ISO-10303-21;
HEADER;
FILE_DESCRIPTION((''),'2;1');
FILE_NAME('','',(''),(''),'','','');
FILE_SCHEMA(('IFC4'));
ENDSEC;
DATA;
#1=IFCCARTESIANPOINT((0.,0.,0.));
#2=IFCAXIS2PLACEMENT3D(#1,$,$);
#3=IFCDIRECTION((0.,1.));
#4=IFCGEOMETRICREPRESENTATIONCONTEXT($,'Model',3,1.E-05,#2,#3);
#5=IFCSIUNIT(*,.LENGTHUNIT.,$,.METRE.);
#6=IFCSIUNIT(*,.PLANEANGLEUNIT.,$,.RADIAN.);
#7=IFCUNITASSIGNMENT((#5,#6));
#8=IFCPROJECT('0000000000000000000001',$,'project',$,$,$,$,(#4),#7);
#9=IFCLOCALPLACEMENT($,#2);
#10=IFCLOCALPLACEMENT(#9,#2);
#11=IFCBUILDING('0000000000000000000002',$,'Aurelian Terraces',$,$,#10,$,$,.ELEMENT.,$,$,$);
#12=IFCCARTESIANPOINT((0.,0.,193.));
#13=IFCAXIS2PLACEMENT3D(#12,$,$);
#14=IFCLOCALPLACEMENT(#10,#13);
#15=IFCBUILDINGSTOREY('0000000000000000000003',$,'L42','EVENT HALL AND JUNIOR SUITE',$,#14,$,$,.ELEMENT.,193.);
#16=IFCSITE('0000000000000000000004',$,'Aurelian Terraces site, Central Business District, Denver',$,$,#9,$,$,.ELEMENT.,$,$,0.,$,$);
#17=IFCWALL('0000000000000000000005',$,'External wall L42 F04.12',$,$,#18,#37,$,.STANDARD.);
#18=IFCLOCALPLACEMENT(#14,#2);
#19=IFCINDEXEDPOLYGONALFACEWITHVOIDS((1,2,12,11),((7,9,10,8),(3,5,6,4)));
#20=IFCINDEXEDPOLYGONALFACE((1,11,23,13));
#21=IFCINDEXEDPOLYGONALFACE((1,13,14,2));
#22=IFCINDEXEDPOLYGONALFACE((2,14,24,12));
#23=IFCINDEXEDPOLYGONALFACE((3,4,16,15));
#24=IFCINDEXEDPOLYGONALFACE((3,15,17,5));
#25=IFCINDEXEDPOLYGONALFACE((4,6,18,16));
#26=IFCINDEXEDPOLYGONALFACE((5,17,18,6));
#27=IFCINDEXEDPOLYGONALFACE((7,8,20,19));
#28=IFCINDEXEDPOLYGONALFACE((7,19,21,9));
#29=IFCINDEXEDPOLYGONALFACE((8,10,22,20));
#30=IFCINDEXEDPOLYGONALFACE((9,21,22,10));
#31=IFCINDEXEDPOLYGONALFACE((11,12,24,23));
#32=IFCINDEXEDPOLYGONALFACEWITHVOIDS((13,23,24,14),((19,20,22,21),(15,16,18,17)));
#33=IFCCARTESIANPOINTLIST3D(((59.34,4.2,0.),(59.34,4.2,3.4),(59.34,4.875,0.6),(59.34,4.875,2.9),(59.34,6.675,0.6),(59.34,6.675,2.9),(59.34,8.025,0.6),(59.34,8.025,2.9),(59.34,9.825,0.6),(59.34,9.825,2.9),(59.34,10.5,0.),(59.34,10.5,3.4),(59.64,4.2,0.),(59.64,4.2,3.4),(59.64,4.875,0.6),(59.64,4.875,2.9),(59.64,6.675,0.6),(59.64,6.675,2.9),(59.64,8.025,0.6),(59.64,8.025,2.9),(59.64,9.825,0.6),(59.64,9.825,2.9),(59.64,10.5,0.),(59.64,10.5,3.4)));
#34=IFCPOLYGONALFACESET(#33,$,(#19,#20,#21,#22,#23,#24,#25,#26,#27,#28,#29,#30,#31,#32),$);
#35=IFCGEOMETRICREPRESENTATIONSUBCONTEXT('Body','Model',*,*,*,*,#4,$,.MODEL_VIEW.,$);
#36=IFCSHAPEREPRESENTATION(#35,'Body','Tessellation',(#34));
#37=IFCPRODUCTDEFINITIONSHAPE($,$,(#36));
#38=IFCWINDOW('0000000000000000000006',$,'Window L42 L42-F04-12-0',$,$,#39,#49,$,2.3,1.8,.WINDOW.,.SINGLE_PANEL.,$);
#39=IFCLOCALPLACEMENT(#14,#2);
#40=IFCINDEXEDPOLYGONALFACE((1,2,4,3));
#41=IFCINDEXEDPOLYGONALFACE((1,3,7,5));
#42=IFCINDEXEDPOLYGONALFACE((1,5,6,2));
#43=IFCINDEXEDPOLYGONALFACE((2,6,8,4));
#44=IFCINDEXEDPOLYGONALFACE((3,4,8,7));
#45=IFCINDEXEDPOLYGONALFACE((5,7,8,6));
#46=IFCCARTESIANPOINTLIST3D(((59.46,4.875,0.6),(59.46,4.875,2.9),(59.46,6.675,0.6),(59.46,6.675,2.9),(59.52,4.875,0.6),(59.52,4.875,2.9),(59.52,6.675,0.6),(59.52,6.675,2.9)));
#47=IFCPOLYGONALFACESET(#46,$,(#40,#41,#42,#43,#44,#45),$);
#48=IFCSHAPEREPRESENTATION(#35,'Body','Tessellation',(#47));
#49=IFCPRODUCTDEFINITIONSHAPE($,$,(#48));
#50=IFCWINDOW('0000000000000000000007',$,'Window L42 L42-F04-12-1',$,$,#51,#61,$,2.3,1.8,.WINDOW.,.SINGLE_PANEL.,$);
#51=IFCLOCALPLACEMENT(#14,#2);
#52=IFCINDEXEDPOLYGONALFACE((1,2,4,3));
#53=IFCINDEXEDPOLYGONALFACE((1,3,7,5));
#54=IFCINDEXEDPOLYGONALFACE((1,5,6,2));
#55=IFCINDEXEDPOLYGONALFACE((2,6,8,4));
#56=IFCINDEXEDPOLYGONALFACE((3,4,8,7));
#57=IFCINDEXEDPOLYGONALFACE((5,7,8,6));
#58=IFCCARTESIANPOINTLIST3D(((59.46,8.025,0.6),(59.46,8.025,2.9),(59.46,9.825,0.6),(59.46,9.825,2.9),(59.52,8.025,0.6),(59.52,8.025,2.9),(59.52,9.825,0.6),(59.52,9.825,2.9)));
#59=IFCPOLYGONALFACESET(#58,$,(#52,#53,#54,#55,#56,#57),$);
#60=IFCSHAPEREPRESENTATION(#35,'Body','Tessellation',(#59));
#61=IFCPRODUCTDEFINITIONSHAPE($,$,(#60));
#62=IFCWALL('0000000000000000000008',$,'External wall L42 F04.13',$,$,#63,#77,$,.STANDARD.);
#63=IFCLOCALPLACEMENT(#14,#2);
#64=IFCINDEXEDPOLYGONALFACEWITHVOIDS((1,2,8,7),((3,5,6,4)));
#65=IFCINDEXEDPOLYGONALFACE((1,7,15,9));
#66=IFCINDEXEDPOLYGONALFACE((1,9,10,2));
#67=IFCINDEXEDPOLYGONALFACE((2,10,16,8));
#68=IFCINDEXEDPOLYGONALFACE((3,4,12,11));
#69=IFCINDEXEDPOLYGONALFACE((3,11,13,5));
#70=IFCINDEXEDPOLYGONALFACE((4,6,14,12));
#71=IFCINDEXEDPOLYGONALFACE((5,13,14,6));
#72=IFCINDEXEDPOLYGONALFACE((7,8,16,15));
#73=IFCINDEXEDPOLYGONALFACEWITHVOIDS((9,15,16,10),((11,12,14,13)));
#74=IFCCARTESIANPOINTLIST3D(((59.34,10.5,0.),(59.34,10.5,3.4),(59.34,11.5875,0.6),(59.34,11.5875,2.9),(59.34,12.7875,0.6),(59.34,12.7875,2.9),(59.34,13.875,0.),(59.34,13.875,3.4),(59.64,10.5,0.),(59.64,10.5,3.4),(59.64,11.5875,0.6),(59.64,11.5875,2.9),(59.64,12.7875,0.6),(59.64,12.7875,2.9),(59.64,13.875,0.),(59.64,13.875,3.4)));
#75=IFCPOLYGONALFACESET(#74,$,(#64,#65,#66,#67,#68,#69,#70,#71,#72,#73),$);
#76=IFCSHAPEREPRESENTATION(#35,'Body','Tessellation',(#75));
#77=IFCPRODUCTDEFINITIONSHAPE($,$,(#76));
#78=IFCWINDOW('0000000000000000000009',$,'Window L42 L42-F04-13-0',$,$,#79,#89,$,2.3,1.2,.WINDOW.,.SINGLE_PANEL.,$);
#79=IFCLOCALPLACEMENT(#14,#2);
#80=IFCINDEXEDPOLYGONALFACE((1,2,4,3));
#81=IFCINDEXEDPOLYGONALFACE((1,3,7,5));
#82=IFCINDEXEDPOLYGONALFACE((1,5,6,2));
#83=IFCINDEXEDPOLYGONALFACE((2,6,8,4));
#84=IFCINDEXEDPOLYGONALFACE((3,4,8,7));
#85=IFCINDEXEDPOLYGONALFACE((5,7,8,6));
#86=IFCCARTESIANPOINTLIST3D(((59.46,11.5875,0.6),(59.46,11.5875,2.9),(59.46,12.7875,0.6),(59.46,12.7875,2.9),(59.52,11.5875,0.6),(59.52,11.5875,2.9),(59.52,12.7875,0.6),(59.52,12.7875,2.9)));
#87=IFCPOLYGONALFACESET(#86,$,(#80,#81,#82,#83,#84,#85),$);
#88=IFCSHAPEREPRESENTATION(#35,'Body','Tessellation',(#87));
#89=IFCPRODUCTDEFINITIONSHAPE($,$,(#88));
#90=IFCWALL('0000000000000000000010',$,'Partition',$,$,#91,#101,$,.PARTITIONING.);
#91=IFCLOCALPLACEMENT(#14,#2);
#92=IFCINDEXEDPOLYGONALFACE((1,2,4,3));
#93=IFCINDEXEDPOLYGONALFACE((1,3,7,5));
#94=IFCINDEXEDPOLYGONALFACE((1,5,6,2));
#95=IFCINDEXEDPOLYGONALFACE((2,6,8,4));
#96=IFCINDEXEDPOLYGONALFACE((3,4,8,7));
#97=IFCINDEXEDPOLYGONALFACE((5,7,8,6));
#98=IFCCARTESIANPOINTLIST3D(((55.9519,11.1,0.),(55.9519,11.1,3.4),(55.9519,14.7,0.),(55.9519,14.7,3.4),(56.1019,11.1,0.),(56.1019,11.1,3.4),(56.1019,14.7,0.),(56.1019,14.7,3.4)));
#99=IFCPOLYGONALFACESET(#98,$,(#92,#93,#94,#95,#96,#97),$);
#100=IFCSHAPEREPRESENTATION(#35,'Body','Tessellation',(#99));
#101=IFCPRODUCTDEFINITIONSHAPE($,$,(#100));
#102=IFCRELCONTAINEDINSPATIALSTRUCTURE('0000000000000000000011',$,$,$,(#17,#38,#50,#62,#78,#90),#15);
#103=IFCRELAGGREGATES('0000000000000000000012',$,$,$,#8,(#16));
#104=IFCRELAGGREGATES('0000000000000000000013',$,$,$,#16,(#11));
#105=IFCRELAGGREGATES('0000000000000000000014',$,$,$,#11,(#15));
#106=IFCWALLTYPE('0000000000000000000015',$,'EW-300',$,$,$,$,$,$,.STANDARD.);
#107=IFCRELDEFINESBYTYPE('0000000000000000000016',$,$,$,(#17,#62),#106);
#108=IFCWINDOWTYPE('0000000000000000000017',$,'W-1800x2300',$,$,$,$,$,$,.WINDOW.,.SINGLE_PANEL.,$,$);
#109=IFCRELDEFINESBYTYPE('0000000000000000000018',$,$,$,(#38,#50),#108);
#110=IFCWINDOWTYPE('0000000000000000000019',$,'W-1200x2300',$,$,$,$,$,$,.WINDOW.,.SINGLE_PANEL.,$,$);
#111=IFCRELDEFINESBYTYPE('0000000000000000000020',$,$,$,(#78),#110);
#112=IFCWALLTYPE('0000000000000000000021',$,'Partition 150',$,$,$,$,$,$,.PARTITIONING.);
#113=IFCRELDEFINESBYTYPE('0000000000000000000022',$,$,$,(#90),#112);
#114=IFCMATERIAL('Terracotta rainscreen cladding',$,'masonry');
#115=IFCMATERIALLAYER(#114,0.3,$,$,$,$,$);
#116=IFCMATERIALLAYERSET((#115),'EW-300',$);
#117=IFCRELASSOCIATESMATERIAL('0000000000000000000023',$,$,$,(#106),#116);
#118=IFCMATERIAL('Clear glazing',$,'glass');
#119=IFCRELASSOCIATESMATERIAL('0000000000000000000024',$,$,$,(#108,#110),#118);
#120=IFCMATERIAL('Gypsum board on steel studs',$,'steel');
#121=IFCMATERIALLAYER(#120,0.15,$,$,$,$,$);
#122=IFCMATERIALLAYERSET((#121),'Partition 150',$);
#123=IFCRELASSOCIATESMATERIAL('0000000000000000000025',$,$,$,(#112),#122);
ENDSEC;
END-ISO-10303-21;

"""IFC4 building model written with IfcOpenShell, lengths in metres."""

from ifc_helpers import new_model, si_unit, direction, frame, frame_2d, origin, place, context, subcontext, project, spatial, rectangle, extrude, source, transform, mapped, material, layer, layer_set, type_object, element, fill, save


model = new_model("IFC4")

# Units and contexts
model_context = context("Model", 3, precision=1e-05, world=origin(), true_north=direction((0.0, 1.0)))
body_context = subcontext(model_context, "Body", "Model", "MODEL_VIEW")
ifc_project = project(units=[si_unit("LENGTHUNIT", "METRE"), si_unit("PLANEANGLEUNIT", "RADIAN")], contexts=[model_context])

# Site, building, storey
site_placement = place(None, origin())
site = spatial("IfcSite", under=ifc_project, at=site_placement, Name="Aurelian Terraces site, Central Business District, Denver", CompositionType="ELEMENT", RefElevation=0.0)
building_placement = place(site_placement, origin())
building = spatial("IfcBuilding", under=site, at=building_placement, Name="Aurelian Terraces", CompositionType="ELEMENT")
storey_placement = place(building_placement, frame((0.0, 0.0, 193.0)))
storey = spatial("IfcBuildingStorey", under=building, at=storey_placement, Name="L42", Description="EVENT HALL AND JUNIOR SUITE", CompositionType="ELEMENT", Elevation=193.0)

# Shared definitions
ifc_material_1 = material(Name="Terracotta rainscreen cladding", Category="masonry")
ifc_layer_1 = layer(ifc_material_1, 0.3)
ifc_layer_set_1 = layer_set([ifc_layer_1], Name="EW-300")
wall_type_1 = type_object("IfcWallType", Name="EW-300", PredefinedType="STANDARD", material=ifc_layer_set_1)
shared_shape_1 = source(origin(), body_context, "Body", "SweptSolid", [
    extrude(rectangle(XDim=1.8, YDim=2.3, at=frame_2d((0.9, 1.15))), frame((0.0, 0.16, 0.0), z_axis=(0.0, -1.0, 0.0), x_axis=(1.0, 0.0, 0.0)), (0.0, 0.0, 1.0), 0.32),
])
ifc_material_2 = material(Name="Clear glazing", Category="glass")
window_type_1 = type_object("IfcWindowType", Name="W-1800x2300", PartitioningType="SINGLE_PANEL", PredefinedType="WINDOW", material=ifc_material_2)
shared_shape_2 = source(origin(), body_context, "Body", "SweptSolid", [
    extrude(rectangle(XDim=1.8, YDim=2.3, at=frame_2d((0.9, 1.15))), frame((0.0, 0.03, 0.0), z_axis=(0.0, -1.0, 0.0), x_axis=(1.0, 0.0, 0.0)), (0.0, 0.0, 1.0), 0.06),
])
shared_shape_3 = source(origin(), body_context, "Body", "SweptSolid", [
    extrude(rectangle(XDim=1.2, YDim=2.3, at=frame_2d((0.6, 1.15))), frame((0.0, 0.16, 0.0), z_axis=(0.0, -1.0, 0.0), x_axis=(1.0, 0.0, 0.0)), (0.0, 0.0, 1.0), 0.32),
])
window_type_2 = type_object("IfcWindowType", Name="W-1200x2300", PartitioningType="SINGLE_PANEL", PredefinedType="WINDOW", material=ifc_material_2)
shared_shape_4 = source(origin(), body_context, "Body", "SweptSolid", [
    extrude(rectangle(XDim=1.2, YDim=2.3, at=frame_2d((0.6, 1.15))), frame((0.0, 0.03, 0.0), z_axis=(0.0, -1.0, 0.0), x_axis=(1.0, 0.0, 0.0)), (0.0, 0.0, 1.0), 0.06),
])

# Wall, openings, windows
shared_shape_5 = source(origin(), body_context, "Body", "SweptSolid", [
    extrude(rectangle(XDim=6.3, YDim=0.3, at=frame_2d((3.15, 0.0))), origin(), (0.0, 0.0, 1.0), 3.4),
])
wall_1_placement = place(storey_placement, frame((59.49, 4.2, 0.0), z_axis=(0.0, 0.0, 1.0), x_axis=(0.0, 1.0, 0.0)))
wall_1 = element("IfcWall", 1, at=wall_1_placement, inside=storey, type_object=wall_type_1, Name="External wall L42 F04.12", PredefinedType="STANDARD", context=body_context, shape_type="MappedRepresentation", body=[
    mapped(shared_shape_5, transform((0.0, 0.0, 0.0), scale=1.0)),
])
opening_1_placement = place(wall_1_placement, frame((0.675, 0.0, 0.6)))
opening_1 = element("IfcOpeningElement", 2, at=opening_1_placement, cuts=wall_1, PredefinedType="OPENING", context=body_context, shape_type="MappedRepresentation", body=[
    mapped(shared_shape_1, transform((0.0, 0.0, 0.0), scale=1.0)),
])
opening_2_placement = place(wall_1_placement, frame((3.825, 0.0, 0.6)))
opening_2 = element("IfcOpeningElement", 3, at=opening_2_placement, cuts=wall_1, PredefinedType="OPENING", context=body_context, shape_type="MappedRepresentation", body=[
    mapped(shared_shape_1, transform((0.0, 0.0, 0.0), scale=1.0)),
])
window_1_placement = place(opening_1_placement, origin())
window_1 = element("IfcWindow", 4, at=window_1_placement, inside=storey, type_object=window_type_1, Name="Window L42 L42-F04-12-0", OverallHeight=2.3, OverallWidth=1.8, PartitioningType="SINGLE_PANEL", PredefinedType="WINDOW", context=body_context, shape_type="MappedRepresentation", body=[
    mapped(shared_shape_2, transform((0.0, 0.0, 0.0), scale=1.0)),
])
fill(opening_1, window_1)
window_2_placement = place(opening_2_placement, origin())
window_2 = element("IfcWindow", 5, at=window_2_placement, inside=storey, type_object=window_type_1, Name="Window L42 L42-F04-12-1", OverallHeight=2.3, OverallWidth=1.8, PartitioningType="SINGLE_PANEL", PredefinedType="WINDOW", context=body_context, shape_type="MappedRepresentation", body=[
    mapped(shared_shape_2, transform((0.0, 0.0, 0.0), scale=1.0)),
])
fill(opening_2, window_2)

# Wall, opening, window
shared_shape_6 = source(origin(), body_context, "Body", "SweptSolid", [
    extrude(rectangle(XDim=3.375, YDim=0.3, at=frame_2d((1.6875, 0.0))), origin(), (0.0, 0.0, 1.0), 3.4),
])
wall_2_placement = place(storey_placement, frame((59.49, 10.5, 0.0), z_axis=(0.0, 0.0, 1.0), x_axis=(0.0, 1.0, 0.0)))
wall_2 = element("IfcWall", 6, at=wall_2_placement, inside=storey, type_object=wall_type_1, Name="External wall L42 F04.13", PredefinedType="STANDARD", context=body_context, shape_type="MappedRepresentation", body=[
    mapped(shared_shape_6, transform((0.0, 0.0, 0.0), scale=1.0)),
])
opening_3_placement = place(wall_2_placement, frame((1.0875, 0.0, 0.6)))
opening_3 = element("IfcOpeningElement", 7, at=opening_3_placement, cuts=wall_2, PredefinedType="OPENING", context=body_context, shape_type="MappedRepresentation", body=[
    mapped(shared_shape_3, transform((0.0, 0.0, 0.0), scale=1.0)),
])
window_3_placement = place(opening_3_placement, origin())
window_3 = element("IfcWindow", 8, at=window_3_placement, inside=storey, type_object=window_type_2, Name="Window L42 L42-F04-13-0", OverallHeight=2.3, OverallWidth=1.2, PartitioningType="SINGLE_PANEL", PredefinedType="WINDOW", context=body_context, shape_type="MappedRepresentation", body=[
    mapped(shared_shape_4, transform((0.0, 0.0, 0.0), scale=1.0)),
])
fill(opening_3, window_3)

# Wall
ifc_material_3 = material(Name="Gypsum board on steel studs", Category="steel")
ifc_layer_2 = layer(ifc_material_3, 0.15)
ifc_layer_set_2 = layer_set([ifc_layer_2], Name="Partition 150")
wall_type_2 = type_object("IfcWallType", Name="Partition 150", PredefinedType="PARTITIONING", material=ifc_layer_set_2)
shared_shape_7 = source(origin(), body_context, "Body", "SweptSolid", [
    extrude(rectangle(XDim=3.6, YDim=0.15, at=frame_2d((1.8, 0.0))), origin(), (0.0, 0.0, 1.0), 3.4),
])
wall_3_placement = place(storey_placement, frame((56.0269, 11.1, 0.0), z_axis=(0.0, 0.0, 1.0), x_axis=(0.0, 1.0, 0.0)))
element("IfcWall", 9, at=wall_3_placement, inside=storey, type_object=wall_type_2, Name="Partition", PredefinedType="PARTITIONING", context=body_context, shape_type="MappedRepresentation", body=[
    mapped(shared_shape_7, transform((0.0, 0.0, 0.0), scale=1.0)),
])

save(model, "model.ifc")
